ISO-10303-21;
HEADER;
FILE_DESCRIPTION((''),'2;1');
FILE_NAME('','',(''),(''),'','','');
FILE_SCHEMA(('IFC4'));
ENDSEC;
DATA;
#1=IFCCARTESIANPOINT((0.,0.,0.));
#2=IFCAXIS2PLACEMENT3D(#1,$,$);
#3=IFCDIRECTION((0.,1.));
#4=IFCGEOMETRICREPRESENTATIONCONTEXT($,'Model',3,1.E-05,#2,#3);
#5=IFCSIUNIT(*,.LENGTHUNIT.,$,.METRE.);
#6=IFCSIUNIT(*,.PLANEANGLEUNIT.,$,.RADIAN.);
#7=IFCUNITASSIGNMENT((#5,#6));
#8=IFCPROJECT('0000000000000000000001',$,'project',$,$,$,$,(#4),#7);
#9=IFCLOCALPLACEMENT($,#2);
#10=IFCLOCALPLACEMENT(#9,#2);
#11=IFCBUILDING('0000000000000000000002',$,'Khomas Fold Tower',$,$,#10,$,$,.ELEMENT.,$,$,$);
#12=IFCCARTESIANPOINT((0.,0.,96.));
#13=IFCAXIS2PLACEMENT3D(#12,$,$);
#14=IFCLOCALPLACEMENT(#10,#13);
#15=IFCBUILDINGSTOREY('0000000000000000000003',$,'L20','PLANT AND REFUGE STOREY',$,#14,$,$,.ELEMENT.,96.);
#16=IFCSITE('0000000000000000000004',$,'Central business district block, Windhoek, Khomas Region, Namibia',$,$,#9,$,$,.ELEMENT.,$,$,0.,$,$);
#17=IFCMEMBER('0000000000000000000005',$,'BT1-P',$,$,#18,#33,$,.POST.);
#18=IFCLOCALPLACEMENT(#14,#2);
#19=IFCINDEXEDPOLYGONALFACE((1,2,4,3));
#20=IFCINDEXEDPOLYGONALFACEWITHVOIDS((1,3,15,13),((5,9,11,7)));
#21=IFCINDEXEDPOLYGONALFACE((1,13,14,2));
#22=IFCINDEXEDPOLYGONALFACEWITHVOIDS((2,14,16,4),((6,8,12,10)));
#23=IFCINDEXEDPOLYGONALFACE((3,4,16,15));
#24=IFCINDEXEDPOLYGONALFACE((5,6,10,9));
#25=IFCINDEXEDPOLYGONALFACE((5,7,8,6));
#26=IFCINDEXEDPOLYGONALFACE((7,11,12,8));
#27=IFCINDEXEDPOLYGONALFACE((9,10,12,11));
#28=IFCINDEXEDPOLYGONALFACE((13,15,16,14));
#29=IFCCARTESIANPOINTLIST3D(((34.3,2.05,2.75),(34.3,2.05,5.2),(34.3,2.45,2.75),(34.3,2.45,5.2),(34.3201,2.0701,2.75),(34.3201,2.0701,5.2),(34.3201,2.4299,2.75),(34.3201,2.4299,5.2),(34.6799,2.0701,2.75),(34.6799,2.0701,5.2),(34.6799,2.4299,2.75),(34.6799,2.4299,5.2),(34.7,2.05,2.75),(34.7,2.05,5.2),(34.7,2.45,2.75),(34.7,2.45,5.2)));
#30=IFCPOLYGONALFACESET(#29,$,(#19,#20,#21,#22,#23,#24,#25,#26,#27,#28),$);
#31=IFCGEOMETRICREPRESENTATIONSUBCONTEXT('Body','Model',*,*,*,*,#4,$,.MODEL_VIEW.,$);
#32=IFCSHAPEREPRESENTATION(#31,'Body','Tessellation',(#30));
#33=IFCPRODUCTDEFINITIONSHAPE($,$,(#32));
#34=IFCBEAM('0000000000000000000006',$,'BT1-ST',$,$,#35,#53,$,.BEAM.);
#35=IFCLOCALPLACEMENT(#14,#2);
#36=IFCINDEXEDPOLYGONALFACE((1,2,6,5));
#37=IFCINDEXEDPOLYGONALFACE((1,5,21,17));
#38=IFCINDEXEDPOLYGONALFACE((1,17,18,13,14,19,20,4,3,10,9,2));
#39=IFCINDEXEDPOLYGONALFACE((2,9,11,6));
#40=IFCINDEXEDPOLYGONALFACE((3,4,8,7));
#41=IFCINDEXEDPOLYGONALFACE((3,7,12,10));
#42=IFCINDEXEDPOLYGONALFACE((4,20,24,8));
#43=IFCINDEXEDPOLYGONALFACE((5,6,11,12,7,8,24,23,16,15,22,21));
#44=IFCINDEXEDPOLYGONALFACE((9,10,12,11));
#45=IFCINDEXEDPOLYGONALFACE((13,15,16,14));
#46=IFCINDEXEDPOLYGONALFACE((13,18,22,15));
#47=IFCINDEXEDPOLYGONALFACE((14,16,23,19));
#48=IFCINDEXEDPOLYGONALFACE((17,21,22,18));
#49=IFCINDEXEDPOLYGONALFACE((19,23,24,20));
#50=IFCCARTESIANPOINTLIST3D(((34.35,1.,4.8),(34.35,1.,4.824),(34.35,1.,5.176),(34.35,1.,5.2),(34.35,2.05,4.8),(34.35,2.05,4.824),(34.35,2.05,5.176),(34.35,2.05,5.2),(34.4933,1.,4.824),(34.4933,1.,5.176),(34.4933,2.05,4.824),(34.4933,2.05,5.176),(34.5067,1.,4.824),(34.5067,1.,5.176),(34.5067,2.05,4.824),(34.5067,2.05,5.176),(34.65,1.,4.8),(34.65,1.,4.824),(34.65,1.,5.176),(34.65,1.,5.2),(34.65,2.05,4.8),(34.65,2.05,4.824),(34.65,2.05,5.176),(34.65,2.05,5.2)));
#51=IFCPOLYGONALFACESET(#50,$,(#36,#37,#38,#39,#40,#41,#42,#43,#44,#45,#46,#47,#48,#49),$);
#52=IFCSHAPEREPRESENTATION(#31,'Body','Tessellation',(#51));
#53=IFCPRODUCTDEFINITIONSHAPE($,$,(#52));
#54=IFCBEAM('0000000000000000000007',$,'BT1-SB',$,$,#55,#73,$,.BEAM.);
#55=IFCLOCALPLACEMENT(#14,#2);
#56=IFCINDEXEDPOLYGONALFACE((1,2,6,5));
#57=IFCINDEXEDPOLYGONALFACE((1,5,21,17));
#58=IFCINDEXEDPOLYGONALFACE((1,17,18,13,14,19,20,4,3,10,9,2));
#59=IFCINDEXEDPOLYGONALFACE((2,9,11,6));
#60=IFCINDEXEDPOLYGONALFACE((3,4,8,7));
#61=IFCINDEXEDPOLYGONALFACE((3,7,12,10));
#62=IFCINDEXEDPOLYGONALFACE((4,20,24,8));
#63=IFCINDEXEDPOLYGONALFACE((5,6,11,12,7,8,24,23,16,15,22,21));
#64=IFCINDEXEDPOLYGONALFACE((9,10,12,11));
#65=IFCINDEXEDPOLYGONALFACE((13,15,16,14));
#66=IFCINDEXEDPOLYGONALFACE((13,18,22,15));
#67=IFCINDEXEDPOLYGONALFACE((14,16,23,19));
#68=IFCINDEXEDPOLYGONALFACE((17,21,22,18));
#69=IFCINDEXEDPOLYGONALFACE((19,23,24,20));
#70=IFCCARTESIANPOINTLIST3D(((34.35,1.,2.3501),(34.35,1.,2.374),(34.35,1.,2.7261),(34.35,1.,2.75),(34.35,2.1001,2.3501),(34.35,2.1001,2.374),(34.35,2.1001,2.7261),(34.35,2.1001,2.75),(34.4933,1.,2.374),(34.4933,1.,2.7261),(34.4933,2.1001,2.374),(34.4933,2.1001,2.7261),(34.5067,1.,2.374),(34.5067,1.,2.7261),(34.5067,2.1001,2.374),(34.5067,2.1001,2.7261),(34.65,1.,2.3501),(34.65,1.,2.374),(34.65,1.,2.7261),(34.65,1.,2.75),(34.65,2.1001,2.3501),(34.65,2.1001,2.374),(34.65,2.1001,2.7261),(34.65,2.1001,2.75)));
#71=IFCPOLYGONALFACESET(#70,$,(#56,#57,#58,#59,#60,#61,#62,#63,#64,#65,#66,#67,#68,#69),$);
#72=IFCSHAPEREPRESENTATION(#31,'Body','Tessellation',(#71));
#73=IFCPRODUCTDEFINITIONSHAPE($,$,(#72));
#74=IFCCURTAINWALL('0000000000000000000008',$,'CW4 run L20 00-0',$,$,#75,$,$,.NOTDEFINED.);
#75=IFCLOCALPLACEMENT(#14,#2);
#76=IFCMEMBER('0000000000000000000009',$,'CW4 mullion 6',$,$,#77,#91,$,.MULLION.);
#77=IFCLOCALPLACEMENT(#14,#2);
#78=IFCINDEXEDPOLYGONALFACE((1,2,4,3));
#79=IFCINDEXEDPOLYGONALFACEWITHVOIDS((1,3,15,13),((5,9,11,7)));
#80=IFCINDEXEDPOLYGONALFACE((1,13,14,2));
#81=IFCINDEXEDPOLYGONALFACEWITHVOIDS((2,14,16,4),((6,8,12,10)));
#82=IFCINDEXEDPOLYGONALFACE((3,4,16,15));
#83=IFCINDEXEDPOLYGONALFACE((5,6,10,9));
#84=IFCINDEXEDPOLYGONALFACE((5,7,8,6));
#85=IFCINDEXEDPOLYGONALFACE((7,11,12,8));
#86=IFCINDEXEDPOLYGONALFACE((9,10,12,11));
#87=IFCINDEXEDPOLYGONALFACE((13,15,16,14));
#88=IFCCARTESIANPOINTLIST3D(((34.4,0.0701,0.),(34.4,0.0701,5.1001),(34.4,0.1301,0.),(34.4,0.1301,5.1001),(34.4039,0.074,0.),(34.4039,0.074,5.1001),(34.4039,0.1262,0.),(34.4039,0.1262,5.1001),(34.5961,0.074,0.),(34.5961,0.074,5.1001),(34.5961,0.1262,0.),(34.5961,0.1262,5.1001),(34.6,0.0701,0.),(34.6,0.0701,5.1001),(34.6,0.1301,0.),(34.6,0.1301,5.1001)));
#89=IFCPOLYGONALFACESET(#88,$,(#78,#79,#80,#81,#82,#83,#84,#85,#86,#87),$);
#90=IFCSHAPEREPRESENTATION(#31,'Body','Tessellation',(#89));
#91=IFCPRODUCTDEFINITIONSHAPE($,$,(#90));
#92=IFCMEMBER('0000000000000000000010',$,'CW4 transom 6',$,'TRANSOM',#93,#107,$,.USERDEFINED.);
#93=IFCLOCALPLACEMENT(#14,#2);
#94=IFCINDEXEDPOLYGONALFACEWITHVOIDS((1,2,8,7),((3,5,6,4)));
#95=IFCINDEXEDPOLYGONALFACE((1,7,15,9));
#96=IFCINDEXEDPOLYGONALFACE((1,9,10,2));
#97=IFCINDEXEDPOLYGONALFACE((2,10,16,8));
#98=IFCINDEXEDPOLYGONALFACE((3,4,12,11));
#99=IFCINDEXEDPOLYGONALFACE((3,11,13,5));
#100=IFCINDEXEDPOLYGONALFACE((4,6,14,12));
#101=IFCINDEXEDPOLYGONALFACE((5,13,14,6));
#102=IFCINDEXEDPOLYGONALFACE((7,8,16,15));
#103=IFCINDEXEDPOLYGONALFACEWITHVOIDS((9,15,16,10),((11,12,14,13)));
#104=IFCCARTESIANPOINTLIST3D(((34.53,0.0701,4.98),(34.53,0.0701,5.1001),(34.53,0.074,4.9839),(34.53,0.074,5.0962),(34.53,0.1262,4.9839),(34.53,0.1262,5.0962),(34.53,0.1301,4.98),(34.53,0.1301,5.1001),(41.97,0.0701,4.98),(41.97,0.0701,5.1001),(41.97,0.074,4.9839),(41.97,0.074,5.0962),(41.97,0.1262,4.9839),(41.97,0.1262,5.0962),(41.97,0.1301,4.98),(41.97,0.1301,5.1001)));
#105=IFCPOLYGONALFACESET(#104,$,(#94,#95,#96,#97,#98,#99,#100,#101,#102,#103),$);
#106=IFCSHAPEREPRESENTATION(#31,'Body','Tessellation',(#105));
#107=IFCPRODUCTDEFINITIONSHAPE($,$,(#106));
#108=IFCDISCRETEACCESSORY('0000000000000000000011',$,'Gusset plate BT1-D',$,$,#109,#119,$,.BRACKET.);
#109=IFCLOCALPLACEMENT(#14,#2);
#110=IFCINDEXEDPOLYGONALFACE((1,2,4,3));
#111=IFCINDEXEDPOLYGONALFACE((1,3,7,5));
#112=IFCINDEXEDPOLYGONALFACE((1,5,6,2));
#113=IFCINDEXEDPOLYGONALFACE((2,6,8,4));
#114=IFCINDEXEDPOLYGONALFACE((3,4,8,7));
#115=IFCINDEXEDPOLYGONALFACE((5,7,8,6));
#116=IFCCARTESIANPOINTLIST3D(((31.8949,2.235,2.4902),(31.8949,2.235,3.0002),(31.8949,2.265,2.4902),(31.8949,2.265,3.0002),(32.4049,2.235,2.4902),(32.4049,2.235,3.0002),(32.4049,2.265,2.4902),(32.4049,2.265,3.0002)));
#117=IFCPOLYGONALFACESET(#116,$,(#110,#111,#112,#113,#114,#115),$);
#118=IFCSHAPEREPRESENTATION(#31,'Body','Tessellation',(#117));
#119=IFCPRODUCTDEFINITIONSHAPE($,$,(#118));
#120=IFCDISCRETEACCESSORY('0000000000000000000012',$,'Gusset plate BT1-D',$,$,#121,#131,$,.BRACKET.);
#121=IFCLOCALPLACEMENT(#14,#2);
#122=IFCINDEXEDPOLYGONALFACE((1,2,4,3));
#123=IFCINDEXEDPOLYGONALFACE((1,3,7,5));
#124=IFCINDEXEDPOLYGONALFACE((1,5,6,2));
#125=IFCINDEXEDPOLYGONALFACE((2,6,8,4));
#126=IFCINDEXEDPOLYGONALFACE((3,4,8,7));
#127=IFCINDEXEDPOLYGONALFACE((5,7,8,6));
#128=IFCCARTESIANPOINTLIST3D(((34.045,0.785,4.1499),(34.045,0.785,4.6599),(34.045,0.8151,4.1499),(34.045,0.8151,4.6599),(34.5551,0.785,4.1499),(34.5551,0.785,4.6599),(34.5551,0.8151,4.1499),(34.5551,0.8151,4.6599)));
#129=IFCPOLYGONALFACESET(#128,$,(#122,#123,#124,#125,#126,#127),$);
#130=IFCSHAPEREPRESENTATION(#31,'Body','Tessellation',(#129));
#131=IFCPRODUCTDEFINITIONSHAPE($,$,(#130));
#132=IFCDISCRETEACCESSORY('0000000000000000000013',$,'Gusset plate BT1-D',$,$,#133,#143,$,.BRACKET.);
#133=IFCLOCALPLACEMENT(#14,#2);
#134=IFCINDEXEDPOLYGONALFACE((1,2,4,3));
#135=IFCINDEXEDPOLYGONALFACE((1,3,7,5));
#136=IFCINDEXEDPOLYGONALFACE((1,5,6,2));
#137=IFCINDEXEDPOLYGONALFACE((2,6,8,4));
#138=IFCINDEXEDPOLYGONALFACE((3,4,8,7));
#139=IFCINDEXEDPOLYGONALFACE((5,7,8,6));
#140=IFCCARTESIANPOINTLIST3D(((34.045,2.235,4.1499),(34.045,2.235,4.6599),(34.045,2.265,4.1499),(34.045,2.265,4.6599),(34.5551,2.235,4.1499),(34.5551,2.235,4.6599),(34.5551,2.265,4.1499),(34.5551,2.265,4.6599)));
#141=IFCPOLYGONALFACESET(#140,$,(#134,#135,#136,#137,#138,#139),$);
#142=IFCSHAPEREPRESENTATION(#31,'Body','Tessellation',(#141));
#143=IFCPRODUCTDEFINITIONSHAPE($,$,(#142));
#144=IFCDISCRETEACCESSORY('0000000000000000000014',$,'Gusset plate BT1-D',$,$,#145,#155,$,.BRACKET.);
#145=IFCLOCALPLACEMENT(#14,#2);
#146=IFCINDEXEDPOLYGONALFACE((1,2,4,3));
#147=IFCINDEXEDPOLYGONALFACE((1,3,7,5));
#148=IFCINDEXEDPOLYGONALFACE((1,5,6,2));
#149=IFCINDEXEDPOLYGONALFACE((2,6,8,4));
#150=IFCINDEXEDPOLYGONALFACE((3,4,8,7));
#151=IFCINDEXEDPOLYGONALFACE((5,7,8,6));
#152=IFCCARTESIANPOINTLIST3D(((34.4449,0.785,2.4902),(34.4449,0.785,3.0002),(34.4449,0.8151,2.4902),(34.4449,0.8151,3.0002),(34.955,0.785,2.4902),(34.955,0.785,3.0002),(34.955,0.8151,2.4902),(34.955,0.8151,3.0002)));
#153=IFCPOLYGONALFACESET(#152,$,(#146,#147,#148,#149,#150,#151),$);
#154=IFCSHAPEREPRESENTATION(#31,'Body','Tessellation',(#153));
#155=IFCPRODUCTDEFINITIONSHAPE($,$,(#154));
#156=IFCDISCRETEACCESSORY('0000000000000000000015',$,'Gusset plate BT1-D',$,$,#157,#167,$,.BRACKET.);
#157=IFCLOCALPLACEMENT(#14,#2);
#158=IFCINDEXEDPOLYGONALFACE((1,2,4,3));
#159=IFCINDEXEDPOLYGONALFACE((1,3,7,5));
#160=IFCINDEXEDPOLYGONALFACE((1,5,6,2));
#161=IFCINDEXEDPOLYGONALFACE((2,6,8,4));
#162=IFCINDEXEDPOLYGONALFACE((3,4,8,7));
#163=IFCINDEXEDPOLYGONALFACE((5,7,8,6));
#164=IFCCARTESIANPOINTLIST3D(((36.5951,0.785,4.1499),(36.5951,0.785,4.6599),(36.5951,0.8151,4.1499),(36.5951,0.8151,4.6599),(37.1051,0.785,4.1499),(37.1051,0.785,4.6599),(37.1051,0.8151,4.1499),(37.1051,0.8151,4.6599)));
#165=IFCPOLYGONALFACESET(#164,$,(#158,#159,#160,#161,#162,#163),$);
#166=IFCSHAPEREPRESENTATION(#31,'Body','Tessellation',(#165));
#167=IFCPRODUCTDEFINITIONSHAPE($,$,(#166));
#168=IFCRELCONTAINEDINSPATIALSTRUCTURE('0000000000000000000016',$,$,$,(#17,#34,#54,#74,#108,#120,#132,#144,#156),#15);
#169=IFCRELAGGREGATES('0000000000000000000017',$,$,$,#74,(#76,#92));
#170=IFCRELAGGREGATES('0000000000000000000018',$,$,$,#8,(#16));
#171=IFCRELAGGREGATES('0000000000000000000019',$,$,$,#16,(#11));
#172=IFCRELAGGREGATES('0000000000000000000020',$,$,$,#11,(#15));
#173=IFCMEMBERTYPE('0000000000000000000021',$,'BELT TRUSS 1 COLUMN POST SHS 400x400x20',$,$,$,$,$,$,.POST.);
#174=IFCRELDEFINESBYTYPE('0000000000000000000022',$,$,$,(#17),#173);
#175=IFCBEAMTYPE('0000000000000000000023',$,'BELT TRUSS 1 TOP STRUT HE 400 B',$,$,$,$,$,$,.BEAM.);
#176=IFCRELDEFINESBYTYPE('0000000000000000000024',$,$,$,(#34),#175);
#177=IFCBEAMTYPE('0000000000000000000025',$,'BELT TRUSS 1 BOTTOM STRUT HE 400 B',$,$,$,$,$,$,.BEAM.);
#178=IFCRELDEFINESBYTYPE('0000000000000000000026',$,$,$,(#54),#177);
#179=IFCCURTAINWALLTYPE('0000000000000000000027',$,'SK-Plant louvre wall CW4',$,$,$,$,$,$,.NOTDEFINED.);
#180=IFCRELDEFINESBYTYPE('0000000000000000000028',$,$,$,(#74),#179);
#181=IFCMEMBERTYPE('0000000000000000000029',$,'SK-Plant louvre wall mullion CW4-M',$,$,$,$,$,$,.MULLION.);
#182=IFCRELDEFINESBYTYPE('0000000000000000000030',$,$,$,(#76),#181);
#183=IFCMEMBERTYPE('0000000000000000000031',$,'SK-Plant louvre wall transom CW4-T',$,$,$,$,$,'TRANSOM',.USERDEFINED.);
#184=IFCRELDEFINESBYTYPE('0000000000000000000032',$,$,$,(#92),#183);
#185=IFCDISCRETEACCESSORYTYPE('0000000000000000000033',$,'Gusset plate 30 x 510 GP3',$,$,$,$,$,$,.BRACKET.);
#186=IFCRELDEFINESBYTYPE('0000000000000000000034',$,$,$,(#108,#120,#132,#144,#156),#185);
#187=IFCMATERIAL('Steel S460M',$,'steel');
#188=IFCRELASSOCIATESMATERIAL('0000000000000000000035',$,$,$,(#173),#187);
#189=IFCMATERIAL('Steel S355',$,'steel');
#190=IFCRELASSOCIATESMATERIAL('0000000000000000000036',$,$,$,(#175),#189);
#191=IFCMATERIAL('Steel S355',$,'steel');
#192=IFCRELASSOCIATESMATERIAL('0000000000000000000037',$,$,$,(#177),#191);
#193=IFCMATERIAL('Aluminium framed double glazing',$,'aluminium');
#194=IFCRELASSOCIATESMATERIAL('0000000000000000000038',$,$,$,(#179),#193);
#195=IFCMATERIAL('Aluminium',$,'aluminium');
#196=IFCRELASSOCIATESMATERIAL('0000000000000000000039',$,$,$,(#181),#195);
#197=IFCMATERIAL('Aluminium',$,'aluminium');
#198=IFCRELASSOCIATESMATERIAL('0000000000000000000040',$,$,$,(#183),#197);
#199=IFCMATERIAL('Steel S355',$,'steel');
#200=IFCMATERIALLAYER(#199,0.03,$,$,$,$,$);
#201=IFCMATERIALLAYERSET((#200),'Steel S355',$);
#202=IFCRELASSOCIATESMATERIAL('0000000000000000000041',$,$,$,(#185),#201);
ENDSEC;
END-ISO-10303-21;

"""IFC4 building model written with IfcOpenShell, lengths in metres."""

from ifc_helpers import new_model, si_unit, direction, frame, origin, origin_2d, place, context, subcontext, project, spatial, rectangle, hollow_rectangle, i_section, extrude, source, transform, mapped, material, layer, layer_set, material_profile, profile_set, type_object, element, aggregate, save


model = new_model("IFC4")

# Units and contexts
model_context = context("Model", 3, precision=1e-05, world=origin(), true_north=direction((0.0, 1.0)))
body_context = subcontext(model_context, "Body", "Model", "MODEL_VIEW")
ifc_project = project(units=[si_unit("LENGTHUNIT", "METRE"), si_unit("PLANEANGLEUNIT", "RADIAN")], contexts=[model_context])

# Site, building, storey
site_placement = place(None, origin())
site = spatial("IfcSite", under=ifc_project, at=site_placement, Name="Central business district block, Windhoek, Khomas Region, Namibia", CompositionType="ELEMENT", RefElevation=0.0)
building_placement = place(site_placement, origin())
building = spatial("IfcBuilding", under=site, at=building_placement, Name="Khomas Fold Tower", CompositionType="ELEMENT")
storey_placement = place(building_placement, frame((0.0, 0.0, 96.0)))
storey = spatial("IfcBuildingStorey", under=building, at=storey_placement, Name="L20", Description="PLANT AND REFUGE STOREY", CompositionType="ELEMENT", Elevation=96.0)

# Member
ifc_material_1 = material(Name="Steel S460M", Category="steel")
ifc_material_profile_1 = material_profile(ifc_material_1, hollow_rectangle(XDim=0.3999, YDim=0.3999, WallThickness=0.02, at=origin_2d()), Name="SHS 400x400x20")
ifc_profile_set_1 = profile_set([ifc_material_profile_1], Name="Steel S460M")
member_type_1 = type_object("IfcMemberType", Name="BELT TRUSS 1 COLUMN POST SHS 400x400x20", PredefinedType="POST", material=ifc_profile_set_1)
shared_shape_1 = source(origin(), body_context, "Body", "SweptSolid", [
    extrude(hollow_rectangle(XDim=0.3999, YDim=0.3999, WallThickness=0.02, at=origin_2d()), origin(), (0.0, 0.0, 1.0), 2.45),
])
member_1_placement = place(storey_placement, frame((34.5, 2.25, 2.75), z_axis=(0.0, 0.0, 1.0), x_axis=(1.0, 0.0, 0.0)))
element("IfcMember", 1, at=member_1_placement, inside=storey, type_object=member_type_1, Name="BT1-P", PredefinedType="POST", context=body_context, shape_type="MappedRepresentation", body=[
    mapped(shared_shape_1, transform((0.0, 0.0, 0.0))),
])

# Beams
ifc_material_2 = material(Name="Steel S355", Category="steel")
ifc_material_profile_2 = material_profile(ifc_material_2, i_section(OverallWidth=0.3, OverallDepth=0.3999, WebThickness=0.0134, FlangeThickness=0.0239, at=origin_2d()), Name="HE 400 B")
ifc_profile_set_2 = profile_set([ifc_material_profile_2], Name="Steel S355")
beam_type_1 = type_object("IfcBeamType", Name="BELT TRUSS 1 TOP STRUT HE 400 B", PredefinedType="BEAM", material=ifc_profile_set_2)
shared_shape_2 = source(origin(), body_context, "Body", "SweptSolid", [
    extrude(i_section(OverallWidth=0.3, OverallDepth=0.3999, WebThickness=0.0134, FlangeThickness=0.0239, at=origin_2d()), origin(), (0.0, 0.0, 1.0), 1.05),
])
beam_1_placement = place(storey_placement, frame((34.5, 2.05, 5.0), z_axis=(0.0, -1.0, 0.0), x_axis=(1.0, 0.0, 0.0)))
element("IfcBeam", 2, at=beam_1_placement, inside=storey, type_object=beam_type_1, Name="BT1-ST", PredefinedType="BEAM", context=body_context, shape_type="MappedRepresentation", body=[
    mapped(shared_shape_2, transform((0.0, 0.0, 0.0))),
])
ifc_material_3 = material(Name="Steel S355", Category="steel")
ifc_material_profile_3 = material_profile(ifc_material_3, i_section(OverallWidth=0.3, OverallDepth=0.3999, WebThickness=0.0134, FlangeThickness=0.0239, at=origin_2d()), Name="HE 400 B")
ifc_profile_set_3 = profile_set([ifc_material_profile_3], Name="Steel S355")
beam_type_2 = type_object("IfcBeamType", Name="BELT TRUSS 1 BOTTOM STRUT HE 400 B", PredefinedType="BEAM", material=ifc_profile_set_3)
shared_shape_3 = source(origin(), body_context, "Body", "SweptSolid", [
    extrude(i_section(OverallWidth=0.3, OverallDepth=0.3999, WebThickness=0.0134, FlangeThickness=0.0239, at=origin_2d()), origin(), (0.0, 0.0, 1.0), 1.1001),
])
beam_2_placement = place(storey_placement, frame((34.5, 2.1001, 2.55), z_axis=(0.0, -1.0, 0.0), x_axis=(1.0, 0.0, 0.0)))
element("IfcBeam", 3, at=beam_2_placement, inside=storey, type_object=beam_type_2, Name="BT1-SB", PredefinedType="BEAM", context=body_context, shape_type="MappedRepresentation", body=[
    mapped(shared_shape_3, transform((0.0, 0.0, 0.0))),
])

# Curtain wall, members
ifc_material_4 = material(Name="Aluminium framed double glazing", Category="aluminium")
curtain_wall_type = type_object("IfcCurtainWallType", Name="SK-Plant louvre wall CW4", PredefinedType="NOTDEFINED", material=ifc_material_4)
curtain_wall_placement = place(storey_placement, origin())
curtain_wall = element("IfcCurtainWall", 4, at=curtain_wall_placement, inside=storey, type_object=curtain_wall_type, Name="CW4 run L20 00-0", PredefinedType="NOTDEFINED")
ifc_material_5 = material(Name="Aluminium", Category="aluminium")
ifc_material_profile_4 = material_profile(ifc_material_5, hollow_rectangle(XDim=0.0601, YDim=0.2, WallThickness=0.0039, at=origin_2d()), Name="SK-Plant louvre wall mullion CW4-M")
ifc_profile_set_4 = profile_set([ifc_material_profile_4], Name="Aluminium")
member_type_2 = type_object("IfcMemberType", Name="SK-Plant louvre wall mullion CW4-M", PredefinedType="MULLION", material=ifc_profile_set_4)
shared_shape_4 = source(origin(), body_context, "Body", "SweptSolid", [
    extrude(hollow_rectangle(XDim=0.0601, YDim=0.2, WallThickness=0.0039, at=origin_2d()), origin(), (0.0, 0.0, 1.0), 5.1001),
])
member_2_placement = place(storey_placement, frame((34.5, 0.1001, 0.0), z_axis=(0.0, 0.0, 1.0), x_axis=(0.0, 1.0, 0.0)))
member_2 = element("IfcMember", 5, at=member_2_placement, type_object=member_type_2, Name="CW4 mullion 6", PredefinedType="MULLION", context=body_context, shape_type="MappedRepresentation", body=[
    mapped(shared_shape_4, transform((0.0, 0.0, 0.0))),
])
ifc_material_6 = material(Name="Aluminium", Category="aluminium")
ifc_material_profile_5 = material_profile(ifc_material_6, hollow_rectangle(XDim=0.0601, YDim=0.1201, WallThickness=0.0039, at=origin_2d()), Name="SK-Plant louvre wall transom CW4-T")
ifc_profile_set_5 = profile_set([ifc_material_profile_5], Name="Aluminium")
member_type_3 = type_object("IfcMemberType", Name="SK-Plant louvre wall transom CW4-T", ElementType="TRANSOM", PredefinedType="USERDEFINED", material=ifc_profile_set_5)
shared_shape_5 = source(origin(), body_context, "Body", "SweptSolid", [
    extrude(hollow_rectangle(XDim=0.0601, YDim=0.1201, WallThickness=0.0039, at=origin_2d()), origin(), (0.0, 0.0, 1.0), 7.4399),
])
member_3_placement = place(storey_placement, frame((34.53, 0.1001, 5.04), z_axis=(1.0, 0.0, 0.0), x_axis=(0.0, 1.0, 0.0)))
member_3 = element("IfcMember", 6, at=member_3_placement, type_object=member_type_3, Name="CW4 transom 6", ObjectType="TRANSOM", PredefinedType="USERDEFINED", context=body_context, shape_type="MappedRepresentation", body=[
    mapped(shared_shape_5, transform((0.0, 0.0, 0.0))),
])
aggregate(curtain_wall, [member_2, member_3])

# Discrete accessories
ifc_material_7 = material(Name="Steel S355", Category="steel")
ifc_layer = layer(ifc_material_7, 0.03)
ifc_layer_set = layer_set([ifc_layer], Name="Steel S355")
discrete_accessory_type = type_object("IfcDiscreteAccessoryType", Name="Gusset plate 30 x 510 GP3", PredefinedType="BRACKET", material=ifc_layer_set)
shared_shape_6 = source(origin(), body_context, "Body", "SweptSolid", [
    extrude(rectangle(XDim=0.51, YDim=0.03, at=origin_2d()), origin(), (0.0, 0.0, 1.0), 0.51),
])
for number, where, z_axis, x_axis, name in (
    (7, (32.1499, 2.25, 2.4902), (0.0, 0.0, 1.0), (1.0, 0.0, 0.0), "Gusset plate BT1-D"),
    (8, (34.3, 0.8, 4.1499), (0.0, 0.0, 1.0), (1.0, 0.0, 0.0), "Gusset plate BT1-D"),
    (9, (34.3, 2.25, 4.1499), (0.0, 0.0, 1.0), (1.0, 0.0, 0.0), "Gusset plate BT1-D"),
    (10, (34.7, 0.8, 2.4902), (0.0, 0.0, 1.0), (1.0, 0.0, 0.0), "Gusset plate BT1-D"),
    (11, (36.8501, 0.8, 4.1499), (0.0, 0.0, 1.0), (1.0, 0.0, 0.0), "Gusset plate BT1-D"),
):
    element("IfcDiscreteAccessory", number, at=place(storey_placement, frame(where, z_axis=z_axis, x_axis=x_axis)), inside=storey, type_object=discrete_accessory_type, Name=name, PredefinedType="BRACKET", context=body_context, shape_type="MappedRepresentation", body=[
        mapped(shared_shape_6, transform((0.0, 0.0, 0.0))),
    ])

save(model, "model.ifc")
